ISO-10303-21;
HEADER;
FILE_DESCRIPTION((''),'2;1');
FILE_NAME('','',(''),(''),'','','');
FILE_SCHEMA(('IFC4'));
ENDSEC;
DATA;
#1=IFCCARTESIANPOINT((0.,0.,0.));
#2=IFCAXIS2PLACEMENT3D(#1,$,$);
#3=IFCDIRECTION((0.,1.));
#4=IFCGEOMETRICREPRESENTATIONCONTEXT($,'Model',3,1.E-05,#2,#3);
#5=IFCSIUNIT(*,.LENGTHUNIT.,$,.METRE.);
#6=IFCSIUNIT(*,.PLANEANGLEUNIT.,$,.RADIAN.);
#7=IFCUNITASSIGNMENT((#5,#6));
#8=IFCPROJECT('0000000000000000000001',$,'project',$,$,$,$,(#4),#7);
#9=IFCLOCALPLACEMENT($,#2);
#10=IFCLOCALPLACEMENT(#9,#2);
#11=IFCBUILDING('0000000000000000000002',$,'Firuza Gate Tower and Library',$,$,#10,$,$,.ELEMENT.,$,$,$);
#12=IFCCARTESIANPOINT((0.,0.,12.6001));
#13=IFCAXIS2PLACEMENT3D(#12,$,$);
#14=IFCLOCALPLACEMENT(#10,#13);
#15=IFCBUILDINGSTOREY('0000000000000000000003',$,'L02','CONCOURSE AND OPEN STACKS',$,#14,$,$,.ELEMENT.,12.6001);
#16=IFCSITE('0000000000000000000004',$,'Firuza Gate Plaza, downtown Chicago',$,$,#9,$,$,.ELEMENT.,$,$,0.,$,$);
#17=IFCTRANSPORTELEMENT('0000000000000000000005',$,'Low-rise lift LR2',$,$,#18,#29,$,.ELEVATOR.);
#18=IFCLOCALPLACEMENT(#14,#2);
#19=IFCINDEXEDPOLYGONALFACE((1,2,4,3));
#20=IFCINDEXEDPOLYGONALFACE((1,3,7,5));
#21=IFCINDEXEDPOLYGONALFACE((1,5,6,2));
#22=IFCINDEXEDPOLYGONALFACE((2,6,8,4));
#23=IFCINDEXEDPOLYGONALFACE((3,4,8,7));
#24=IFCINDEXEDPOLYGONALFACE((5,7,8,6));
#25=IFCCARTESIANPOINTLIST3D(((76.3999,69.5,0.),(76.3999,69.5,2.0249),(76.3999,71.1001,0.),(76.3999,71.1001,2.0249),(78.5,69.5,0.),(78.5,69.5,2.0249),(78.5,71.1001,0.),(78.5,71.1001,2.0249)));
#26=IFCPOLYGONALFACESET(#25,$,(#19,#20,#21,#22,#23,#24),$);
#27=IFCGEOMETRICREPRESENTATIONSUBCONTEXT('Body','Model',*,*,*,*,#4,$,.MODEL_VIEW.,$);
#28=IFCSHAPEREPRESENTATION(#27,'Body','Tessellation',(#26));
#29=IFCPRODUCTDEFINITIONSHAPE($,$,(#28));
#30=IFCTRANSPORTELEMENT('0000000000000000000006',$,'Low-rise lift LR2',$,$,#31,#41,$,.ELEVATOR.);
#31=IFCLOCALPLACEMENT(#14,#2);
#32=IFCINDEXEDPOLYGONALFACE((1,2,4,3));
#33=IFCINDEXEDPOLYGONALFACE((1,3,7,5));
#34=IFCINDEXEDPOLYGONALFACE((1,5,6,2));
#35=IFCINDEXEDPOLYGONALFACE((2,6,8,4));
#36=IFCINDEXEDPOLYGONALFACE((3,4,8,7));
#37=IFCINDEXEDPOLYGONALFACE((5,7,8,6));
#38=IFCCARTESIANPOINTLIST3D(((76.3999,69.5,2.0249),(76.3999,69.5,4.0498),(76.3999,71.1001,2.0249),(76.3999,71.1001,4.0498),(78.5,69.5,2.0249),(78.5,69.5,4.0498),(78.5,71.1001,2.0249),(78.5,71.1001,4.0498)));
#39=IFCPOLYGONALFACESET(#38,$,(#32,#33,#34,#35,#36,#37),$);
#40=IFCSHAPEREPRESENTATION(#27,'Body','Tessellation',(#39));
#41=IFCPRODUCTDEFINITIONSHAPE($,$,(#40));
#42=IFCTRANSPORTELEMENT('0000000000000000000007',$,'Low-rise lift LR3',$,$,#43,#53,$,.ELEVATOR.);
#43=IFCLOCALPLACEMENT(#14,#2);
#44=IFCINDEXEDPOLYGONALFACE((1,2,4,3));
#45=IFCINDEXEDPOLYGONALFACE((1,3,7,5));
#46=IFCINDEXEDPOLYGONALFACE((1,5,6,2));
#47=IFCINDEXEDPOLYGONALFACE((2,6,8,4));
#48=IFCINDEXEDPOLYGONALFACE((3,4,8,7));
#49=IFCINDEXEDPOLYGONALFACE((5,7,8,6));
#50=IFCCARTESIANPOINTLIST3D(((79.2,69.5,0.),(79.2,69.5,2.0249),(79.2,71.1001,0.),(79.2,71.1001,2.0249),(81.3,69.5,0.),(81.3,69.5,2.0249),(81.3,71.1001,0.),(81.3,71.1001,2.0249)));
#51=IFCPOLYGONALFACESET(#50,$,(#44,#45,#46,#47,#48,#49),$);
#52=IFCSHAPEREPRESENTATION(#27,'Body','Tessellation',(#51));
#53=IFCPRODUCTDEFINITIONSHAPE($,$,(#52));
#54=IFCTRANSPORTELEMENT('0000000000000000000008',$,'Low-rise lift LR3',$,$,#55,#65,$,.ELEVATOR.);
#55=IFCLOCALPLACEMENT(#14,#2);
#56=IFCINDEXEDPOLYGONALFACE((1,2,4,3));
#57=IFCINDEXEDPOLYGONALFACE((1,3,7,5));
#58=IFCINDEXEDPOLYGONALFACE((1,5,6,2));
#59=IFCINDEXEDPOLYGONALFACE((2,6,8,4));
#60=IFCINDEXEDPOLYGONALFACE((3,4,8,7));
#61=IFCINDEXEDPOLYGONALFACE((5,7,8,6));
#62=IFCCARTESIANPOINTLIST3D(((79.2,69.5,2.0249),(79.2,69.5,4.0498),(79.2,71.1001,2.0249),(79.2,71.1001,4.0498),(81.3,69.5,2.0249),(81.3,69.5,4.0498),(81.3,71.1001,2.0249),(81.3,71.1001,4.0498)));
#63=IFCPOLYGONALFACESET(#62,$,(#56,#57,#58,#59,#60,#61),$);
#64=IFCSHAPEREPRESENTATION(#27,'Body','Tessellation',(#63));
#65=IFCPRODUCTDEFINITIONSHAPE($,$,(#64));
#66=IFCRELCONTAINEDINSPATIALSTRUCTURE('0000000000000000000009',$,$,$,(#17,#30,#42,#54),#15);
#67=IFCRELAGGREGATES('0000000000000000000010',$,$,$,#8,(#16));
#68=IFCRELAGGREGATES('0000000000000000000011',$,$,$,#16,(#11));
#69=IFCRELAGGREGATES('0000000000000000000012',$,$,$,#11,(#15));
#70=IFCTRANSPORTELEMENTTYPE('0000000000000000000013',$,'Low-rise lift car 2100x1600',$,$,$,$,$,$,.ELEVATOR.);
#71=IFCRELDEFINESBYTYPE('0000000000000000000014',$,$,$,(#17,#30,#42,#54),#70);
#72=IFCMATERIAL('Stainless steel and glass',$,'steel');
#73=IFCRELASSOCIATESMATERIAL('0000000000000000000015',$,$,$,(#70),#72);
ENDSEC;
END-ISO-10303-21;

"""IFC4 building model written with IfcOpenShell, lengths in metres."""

from ifc_helpers import new_model, si_unit, direction, frame, origin, origin_2d, place, context, subcontext, project, spatial, rectangle, extrude, material, type_object, element, save


model = new_model("IFC4")

# Units and contexts
model_context = context("Model", 3, precision=1e-05, world=origin(), true_north=direction((0.0, 1.0)))
body_context = subcontext(model_context, "Body", "Model", "MODEL_VIEW")
ifc_project = project(units=[si_unit("LENGTHUNIT", "METRE"), si_unit("PLANEANGLEUNIT", "RADIAN")], contexts=[model_context])

# Site, building, storey
site_placement = place(None, origin())
site = spatial("IfcSite", under=ifc_project, at=site_placement, Name="Firuza Gate Plaza, downtown Chicago", CompositionType="ELEMENT", RefElevation=0.0)
building_placement = place(site_placement, origin())
building = spatial("IfcBuilding", under=site, at=building_placement, Name="Firuza Gate Tower and Library", CompositionType="ELEMENT")
storey_placement = place(building_placement, frame((0.0, 0.0, 12.6001)))
storey = spatial("IfcBuildingStorey", under=building, at=storey_placement, Name="L02", Description="CONCOURSE AND OPEN STACKS", CompositionType="ELEMENT", Elevation=12.6001)

# Transport elements
ifc_material_1 = material(Name="Stainless steel and glass", Category="steel")
transport_element_type = type_object("IfcTransportElementType", Name="Low-rise lift car 2100x1600", PredefinedType="ELEVATOR", material=ifc_material_1)
for number, where, z_axis, x_axis, name in (
    (1, (77.45, 70.3, 0.0), (0.0, 0.0, 1.0), (1.0, 0.0, 0.0), "Low-rise lift LR2"),
    (2, (77.45, 70.3, 2.0249), (0.0, 0.0, 1.0), (1.0, 0.0, 0.0), "Low-rise lift LR2"),
    (3, (80.25, 70.3, 0.0), (0.0, 0.0, 1.0), (1.0, 0.0, 0.0), "Low-rise lift LR3"),
    (4, (80.25, 70.3, 2.0249), (0.0, 0.0, 1.0), (1.0, 0.0, 0.0), "Low-rise lift LR3"),
):
    element("IfcTransportElement", number, at=place(storey_placement, frame(where, z_axis=z_axis, x_axis=x_axis)), inside=storey, type_object=transport_element_type, Name=name, PredefinedType="ELEVATOR", context=body_context, shape_type="SweptSolid", body=[
        extrude(rectangle(XDim=2.1001, YDim=1.6001, at=origin_2d()), origin(), (0.0, 0.0, 1.0), 2.0249),
    ])

save(model, "model.ifc")
